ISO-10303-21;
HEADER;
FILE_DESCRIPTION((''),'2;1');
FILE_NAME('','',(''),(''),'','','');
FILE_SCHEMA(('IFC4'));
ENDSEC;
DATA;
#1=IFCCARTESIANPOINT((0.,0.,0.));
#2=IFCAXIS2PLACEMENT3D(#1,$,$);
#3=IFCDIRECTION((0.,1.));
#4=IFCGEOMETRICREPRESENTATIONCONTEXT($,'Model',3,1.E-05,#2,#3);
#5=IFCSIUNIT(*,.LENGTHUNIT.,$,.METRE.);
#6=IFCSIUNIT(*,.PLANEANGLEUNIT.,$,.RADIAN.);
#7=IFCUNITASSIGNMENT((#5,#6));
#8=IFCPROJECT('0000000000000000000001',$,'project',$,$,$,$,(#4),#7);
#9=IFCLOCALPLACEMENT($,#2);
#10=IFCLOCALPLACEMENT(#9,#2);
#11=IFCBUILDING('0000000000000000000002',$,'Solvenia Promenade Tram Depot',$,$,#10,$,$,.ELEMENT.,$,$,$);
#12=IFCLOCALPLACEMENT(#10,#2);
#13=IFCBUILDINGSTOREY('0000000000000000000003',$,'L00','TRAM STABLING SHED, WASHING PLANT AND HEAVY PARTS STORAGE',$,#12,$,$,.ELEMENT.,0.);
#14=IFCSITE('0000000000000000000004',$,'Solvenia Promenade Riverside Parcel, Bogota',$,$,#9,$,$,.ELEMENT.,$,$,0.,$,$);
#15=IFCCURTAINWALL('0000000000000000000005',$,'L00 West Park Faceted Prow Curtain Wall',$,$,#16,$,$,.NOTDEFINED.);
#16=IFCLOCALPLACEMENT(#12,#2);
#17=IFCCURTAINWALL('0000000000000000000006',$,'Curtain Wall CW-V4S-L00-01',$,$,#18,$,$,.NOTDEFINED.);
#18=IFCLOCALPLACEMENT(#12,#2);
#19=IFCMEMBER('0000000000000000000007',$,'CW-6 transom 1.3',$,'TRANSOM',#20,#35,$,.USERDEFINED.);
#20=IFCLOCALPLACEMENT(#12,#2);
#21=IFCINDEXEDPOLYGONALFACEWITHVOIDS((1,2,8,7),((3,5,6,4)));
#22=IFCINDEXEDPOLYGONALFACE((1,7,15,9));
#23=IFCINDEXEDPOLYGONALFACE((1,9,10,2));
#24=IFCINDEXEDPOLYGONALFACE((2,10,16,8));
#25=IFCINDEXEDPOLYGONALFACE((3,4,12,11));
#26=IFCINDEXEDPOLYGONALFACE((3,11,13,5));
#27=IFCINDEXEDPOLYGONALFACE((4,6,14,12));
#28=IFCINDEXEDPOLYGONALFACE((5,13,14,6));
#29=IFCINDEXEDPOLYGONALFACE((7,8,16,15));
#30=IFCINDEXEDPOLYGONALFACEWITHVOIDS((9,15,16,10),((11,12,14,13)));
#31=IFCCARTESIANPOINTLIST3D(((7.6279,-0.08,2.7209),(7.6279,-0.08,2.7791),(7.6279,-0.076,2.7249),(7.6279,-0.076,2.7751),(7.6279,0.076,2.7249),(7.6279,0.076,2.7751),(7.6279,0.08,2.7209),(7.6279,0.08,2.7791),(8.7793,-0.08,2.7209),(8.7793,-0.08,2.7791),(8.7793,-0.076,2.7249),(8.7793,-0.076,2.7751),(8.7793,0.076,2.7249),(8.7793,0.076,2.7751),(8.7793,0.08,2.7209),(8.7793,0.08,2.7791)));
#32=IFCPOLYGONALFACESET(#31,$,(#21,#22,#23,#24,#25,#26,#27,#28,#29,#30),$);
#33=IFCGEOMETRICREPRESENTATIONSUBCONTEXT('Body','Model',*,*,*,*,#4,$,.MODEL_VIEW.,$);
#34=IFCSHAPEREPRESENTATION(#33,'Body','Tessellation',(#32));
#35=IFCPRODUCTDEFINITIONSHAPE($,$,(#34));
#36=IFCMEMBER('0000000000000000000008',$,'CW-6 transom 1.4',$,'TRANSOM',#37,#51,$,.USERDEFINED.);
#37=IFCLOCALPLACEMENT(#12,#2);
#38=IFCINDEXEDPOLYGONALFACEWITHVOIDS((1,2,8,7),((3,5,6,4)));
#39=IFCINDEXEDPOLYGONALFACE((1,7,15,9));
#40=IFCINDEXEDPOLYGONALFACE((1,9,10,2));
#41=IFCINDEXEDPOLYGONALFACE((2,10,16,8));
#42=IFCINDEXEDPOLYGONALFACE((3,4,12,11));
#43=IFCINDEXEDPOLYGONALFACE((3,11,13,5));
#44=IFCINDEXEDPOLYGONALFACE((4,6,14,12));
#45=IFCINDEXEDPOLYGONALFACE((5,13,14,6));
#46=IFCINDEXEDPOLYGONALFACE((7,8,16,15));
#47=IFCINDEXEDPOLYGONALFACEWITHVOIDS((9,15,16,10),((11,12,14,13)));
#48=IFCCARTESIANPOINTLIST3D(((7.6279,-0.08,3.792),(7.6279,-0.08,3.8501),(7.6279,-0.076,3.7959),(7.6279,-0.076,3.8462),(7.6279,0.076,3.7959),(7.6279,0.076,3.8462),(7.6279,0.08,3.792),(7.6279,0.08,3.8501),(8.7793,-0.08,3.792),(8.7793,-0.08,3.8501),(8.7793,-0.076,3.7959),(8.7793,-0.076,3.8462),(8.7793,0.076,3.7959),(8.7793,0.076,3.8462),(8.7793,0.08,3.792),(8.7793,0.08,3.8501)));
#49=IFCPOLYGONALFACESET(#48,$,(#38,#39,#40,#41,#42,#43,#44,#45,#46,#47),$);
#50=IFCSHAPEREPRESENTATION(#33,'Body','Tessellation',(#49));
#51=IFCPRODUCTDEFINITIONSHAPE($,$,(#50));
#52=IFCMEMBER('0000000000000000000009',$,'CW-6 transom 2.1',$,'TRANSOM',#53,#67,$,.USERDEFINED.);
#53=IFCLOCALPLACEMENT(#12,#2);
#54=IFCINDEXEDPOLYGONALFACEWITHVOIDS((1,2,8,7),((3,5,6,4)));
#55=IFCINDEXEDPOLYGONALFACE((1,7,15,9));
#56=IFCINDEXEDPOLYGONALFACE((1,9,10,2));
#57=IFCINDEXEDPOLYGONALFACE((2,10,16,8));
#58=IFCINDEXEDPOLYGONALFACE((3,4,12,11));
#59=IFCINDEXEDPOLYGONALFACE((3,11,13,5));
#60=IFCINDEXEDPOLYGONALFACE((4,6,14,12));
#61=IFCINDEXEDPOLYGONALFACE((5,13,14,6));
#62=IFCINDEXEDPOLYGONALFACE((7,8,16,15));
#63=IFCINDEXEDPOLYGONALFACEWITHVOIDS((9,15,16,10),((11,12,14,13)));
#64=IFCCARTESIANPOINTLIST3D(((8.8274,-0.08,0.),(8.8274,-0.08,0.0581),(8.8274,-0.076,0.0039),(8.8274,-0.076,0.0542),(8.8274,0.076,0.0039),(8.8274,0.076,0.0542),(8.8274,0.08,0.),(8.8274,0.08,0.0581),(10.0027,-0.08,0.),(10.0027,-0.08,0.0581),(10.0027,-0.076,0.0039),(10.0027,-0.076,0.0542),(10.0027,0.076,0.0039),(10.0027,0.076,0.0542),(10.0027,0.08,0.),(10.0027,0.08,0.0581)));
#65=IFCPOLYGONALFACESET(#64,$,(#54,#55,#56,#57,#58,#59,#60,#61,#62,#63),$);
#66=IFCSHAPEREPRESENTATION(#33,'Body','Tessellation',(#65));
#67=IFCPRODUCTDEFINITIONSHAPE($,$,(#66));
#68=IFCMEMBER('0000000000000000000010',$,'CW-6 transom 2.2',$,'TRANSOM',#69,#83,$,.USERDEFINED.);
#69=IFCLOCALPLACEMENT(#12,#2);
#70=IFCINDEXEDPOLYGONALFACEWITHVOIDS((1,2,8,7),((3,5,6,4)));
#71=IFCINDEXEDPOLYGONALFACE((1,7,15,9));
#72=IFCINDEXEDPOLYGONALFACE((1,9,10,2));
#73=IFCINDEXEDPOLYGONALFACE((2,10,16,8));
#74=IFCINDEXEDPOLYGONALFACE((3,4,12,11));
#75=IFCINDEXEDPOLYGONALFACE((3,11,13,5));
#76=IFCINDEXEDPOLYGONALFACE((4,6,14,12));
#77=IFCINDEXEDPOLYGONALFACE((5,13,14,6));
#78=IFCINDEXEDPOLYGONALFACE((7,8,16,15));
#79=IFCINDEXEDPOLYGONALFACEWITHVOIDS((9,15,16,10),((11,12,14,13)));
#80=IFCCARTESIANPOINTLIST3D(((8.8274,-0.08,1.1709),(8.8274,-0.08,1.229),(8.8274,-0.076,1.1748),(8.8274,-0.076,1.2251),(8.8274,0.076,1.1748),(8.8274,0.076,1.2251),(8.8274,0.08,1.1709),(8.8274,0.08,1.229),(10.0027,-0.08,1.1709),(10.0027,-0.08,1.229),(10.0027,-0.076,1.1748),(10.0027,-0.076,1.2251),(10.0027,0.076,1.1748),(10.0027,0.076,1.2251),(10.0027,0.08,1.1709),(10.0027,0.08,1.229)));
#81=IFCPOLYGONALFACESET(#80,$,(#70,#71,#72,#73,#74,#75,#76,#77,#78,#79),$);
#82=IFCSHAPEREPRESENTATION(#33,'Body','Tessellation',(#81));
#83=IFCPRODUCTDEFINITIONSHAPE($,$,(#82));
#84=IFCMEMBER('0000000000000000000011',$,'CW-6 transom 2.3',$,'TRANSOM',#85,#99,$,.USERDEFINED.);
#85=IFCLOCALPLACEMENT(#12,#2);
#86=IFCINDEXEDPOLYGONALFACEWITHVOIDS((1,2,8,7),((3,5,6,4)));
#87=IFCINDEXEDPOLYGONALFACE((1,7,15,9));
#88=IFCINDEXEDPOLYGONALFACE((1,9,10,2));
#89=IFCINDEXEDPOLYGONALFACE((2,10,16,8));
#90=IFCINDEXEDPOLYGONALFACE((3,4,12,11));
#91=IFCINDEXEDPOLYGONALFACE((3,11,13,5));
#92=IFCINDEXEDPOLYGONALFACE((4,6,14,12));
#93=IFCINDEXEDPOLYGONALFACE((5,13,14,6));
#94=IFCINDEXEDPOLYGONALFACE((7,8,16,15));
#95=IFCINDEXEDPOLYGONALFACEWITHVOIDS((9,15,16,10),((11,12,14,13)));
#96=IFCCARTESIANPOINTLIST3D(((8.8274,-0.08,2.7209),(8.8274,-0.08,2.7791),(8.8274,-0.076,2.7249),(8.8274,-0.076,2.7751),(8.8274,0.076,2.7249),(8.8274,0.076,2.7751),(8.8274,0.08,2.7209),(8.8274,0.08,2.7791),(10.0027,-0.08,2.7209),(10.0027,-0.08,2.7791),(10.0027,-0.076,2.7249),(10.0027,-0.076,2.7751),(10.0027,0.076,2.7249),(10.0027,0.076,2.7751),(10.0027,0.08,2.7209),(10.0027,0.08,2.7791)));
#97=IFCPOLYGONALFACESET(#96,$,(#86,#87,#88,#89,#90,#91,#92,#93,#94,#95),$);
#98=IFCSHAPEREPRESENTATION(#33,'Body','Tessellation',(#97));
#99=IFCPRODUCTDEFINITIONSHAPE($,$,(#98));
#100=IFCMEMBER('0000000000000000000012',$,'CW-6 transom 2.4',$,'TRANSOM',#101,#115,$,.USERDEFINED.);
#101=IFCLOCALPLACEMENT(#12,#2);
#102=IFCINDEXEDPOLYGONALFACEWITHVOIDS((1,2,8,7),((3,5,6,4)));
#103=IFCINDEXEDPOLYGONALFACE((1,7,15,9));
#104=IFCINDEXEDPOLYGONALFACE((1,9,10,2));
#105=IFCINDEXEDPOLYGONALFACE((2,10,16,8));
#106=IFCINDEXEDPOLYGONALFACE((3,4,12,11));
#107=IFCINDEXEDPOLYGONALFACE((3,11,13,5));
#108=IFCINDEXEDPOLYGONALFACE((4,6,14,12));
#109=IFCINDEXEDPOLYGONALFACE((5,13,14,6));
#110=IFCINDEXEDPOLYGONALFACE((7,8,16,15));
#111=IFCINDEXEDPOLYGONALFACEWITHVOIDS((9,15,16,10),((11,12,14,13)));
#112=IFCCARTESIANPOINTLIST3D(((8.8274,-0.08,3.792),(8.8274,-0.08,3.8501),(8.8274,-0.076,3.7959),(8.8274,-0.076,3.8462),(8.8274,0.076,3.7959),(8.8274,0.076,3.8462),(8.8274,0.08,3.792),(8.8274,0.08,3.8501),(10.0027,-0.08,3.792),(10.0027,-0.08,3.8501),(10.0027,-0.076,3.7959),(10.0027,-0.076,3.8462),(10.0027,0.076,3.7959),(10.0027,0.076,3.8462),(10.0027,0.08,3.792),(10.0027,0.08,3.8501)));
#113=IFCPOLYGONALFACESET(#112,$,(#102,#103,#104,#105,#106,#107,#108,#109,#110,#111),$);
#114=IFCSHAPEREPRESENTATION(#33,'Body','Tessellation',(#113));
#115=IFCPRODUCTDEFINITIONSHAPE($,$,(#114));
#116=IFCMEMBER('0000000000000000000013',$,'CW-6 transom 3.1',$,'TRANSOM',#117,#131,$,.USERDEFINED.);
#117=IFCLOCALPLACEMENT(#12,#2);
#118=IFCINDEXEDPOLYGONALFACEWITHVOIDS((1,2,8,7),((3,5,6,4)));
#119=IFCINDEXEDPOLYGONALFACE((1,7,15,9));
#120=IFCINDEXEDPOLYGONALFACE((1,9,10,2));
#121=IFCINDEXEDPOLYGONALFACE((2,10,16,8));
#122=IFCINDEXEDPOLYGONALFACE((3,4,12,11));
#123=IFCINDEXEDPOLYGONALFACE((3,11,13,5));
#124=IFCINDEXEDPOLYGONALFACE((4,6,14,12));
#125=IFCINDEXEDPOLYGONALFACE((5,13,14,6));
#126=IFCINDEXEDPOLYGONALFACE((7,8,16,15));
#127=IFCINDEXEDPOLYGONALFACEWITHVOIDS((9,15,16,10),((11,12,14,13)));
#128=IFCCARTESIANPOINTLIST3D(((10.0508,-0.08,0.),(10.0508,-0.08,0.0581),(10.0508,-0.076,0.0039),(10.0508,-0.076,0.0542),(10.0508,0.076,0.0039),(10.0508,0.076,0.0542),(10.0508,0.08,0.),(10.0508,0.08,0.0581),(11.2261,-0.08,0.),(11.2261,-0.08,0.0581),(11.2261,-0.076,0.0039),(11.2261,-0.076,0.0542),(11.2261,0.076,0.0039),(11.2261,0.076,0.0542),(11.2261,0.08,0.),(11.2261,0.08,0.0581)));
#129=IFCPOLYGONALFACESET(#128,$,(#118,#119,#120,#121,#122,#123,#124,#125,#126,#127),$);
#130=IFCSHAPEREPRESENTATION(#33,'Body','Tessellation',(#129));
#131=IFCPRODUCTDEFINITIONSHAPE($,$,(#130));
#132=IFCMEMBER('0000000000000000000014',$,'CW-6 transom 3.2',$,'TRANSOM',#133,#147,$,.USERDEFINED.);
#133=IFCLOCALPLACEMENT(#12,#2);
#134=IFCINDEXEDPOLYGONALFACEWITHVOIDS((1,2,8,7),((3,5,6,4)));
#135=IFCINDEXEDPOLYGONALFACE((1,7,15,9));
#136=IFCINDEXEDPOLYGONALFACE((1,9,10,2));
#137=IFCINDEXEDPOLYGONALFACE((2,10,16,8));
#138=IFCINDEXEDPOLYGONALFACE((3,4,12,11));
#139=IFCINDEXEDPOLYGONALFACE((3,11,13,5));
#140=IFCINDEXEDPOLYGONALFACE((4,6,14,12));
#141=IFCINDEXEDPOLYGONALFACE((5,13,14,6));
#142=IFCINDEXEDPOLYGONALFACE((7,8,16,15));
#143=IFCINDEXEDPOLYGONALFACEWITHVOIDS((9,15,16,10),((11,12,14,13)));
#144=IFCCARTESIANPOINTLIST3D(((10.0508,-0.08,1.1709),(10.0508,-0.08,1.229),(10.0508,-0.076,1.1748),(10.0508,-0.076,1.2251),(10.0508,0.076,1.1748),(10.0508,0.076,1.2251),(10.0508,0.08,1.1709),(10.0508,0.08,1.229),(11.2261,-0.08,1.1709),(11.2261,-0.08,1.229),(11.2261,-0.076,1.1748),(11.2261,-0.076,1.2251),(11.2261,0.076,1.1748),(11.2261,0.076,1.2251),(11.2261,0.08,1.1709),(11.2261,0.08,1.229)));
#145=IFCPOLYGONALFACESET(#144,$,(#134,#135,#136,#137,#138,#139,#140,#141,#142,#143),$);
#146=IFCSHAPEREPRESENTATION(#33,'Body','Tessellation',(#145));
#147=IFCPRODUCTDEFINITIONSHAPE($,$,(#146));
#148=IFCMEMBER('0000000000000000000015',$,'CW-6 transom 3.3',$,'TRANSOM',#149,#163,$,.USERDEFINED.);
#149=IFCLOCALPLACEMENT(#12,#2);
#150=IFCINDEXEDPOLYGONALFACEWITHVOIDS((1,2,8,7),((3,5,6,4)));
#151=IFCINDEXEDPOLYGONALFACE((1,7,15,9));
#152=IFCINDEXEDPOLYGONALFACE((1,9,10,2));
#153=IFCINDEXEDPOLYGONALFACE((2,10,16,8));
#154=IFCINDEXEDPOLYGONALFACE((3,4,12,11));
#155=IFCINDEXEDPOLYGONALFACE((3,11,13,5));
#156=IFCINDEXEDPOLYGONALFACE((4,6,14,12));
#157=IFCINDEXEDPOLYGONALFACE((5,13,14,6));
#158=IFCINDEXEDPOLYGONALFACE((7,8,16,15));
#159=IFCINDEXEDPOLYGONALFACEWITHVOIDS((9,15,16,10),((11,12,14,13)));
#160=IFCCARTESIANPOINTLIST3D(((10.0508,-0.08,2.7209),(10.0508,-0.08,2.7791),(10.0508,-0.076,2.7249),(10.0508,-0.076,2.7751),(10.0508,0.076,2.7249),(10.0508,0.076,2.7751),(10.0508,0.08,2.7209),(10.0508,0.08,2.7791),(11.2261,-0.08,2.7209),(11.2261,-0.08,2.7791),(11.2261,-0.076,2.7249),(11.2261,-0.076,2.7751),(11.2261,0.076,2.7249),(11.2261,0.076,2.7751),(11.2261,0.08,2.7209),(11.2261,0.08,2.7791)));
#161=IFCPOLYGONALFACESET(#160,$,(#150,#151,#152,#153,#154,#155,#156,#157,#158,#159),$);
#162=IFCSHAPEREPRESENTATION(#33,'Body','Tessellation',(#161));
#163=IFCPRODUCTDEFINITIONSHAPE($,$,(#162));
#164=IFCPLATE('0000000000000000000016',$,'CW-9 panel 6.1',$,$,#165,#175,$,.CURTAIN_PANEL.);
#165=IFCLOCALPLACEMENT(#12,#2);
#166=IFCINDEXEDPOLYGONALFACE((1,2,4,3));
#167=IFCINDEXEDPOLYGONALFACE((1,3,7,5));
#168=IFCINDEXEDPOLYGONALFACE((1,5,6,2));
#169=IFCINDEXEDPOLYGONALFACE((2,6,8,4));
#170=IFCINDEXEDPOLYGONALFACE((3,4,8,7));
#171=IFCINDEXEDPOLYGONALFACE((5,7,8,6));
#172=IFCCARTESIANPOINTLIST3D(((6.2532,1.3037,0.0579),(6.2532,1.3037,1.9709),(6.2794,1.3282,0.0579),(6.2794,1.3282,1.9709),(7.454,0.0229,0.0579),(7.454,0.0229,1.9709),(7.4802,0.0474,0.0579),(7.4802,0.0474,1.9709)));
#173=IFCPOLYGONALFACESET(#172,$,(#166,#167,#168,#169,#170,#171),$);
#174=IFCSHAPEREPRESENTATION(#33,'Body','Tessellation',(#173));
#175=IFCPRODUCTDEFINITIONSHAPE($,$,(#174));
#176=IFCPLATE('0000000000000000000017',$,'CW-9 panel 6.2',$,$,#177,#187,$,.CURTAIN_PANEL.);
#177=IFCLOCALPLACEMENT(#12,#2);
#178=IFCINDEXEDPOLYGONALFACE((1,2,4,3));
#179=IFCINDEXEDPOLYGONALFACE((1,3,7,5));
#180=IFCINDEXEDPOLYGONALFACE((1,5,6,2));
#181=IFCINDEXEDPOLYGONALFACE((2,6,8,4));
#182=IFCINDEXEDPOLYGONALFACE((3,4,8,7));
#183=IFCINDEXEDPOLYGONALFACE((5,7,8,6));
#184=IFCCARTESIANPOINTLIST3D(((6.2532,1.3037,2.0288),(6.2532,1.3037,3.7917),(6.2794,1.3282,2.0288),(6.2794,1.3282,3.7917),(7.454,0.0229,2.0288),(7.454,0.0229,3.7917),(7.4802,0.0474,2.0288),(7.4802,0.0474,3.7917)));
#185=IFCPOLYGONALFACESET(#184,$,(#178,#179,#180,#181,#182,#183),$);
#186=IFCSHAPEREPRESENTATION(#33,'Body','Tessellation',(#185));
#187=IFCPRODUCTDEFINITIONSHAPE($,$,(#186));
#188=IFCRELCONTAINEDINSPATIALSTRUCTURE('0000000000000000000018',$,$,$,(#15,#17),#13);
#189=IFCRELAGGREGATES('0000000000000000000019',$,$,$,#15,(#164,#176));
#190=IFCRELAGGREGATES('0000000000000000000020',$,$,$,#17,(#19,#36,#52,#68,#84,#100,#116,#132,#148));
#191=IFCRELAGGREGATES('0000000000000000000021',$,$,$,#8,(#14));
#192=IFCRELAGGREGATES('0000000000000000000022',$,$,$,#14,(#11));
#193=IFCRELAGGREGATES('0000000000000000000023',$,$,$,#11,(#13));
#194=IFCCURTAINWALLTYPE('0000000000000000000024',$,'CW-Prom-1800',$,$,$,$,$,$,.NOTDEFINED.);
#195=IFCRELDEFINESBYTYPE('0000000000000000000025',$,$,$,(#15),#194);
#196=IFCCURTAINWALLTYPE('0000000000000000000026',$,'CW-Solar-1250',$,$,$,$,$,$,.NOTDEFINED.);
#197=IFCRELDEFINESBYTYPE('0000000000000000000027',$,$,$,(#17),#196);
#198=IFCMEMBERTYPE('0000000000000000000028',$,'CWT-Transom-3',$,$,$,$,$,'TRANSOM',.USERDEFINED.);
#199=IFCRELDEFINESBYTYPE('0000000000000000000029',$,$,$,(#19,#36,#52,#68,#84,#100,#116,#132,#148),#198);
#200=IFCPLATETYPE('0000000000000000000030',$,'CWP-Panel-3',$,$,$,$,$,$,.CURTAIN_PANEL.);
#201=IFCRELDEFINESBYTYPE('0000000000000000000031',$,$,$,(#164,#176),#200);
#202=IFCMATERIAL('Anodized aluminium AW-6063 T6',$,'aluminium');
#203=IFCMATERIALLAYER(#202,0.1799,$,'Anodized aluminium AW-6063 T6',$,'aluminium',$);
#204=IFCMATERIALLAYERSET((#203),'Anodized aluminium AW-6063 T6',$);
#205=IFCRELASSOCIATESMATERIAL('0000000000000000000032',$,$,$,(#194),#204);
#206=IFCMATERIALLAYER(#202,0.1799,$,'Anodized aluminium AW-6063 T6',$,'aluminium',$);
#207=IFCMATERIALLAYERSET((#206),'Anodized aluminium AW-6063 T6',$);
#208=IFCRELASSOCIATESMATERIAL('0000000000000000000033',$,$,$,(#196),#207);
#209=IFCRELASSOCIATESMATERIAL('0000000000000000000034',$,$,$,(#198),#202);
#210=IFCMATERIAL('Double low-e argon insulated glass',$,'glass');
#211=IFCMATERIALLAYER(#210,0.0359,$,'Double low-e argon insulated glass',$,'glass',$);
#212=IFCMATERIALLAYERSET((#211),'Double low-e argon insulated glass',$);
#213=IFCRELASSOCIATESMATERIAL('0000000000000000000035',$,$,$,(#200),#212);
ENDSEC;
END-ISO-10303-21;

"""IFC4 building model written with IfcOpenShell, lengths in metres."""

from ifc_helpers import new_model, si_unit, direction, frame, origin, origin_2d, place, context, subcontext, project, spatial, rectangle, hollow_rectangle, extrude, material, layer, layer_set, material_profile, profile_set, type_object, element, aggregate, save


model = new_model("IFC4")

# Units and contexts
model_context = context("Model", 3, precision=1e-05, world=origin(), true_north=direction((0.0, 1.0)))
body_context = subcontext(model_context, "Body", "Model", "MODEL_VIEW")
ifc_project = project(units=[si_unit("LENGTHUNIT", "METRE"), si_unit("PLANEANGLEUNIT", "RADIAN")], contexts=[model_context])

# Site, building, storey
site_placement = place(None, origin())
site = spatial("IfcSite", under=ifc_project, at=site_placement, Name="Solvenia Promenade Riverside Parcel, Bogota", CompositionType="ELEMENT", RefElevation=0.0)
building_placement = place(site_placement, origin())
building = spatial("IfcBuilding", under=site, at=building_placement, Name="Solvenia Promenade Tram Depot", CompositionType="ELEMENT")
storey_placement = place(building_placement, origin())
storey = spatial("IfcBuildingStorey", under=building, at=storey_placement, Name="L00", Description="TRAM STABLING SHED, WASHING PLANT AND HEAVY PARTS STORAGE", CompositionType="ELEMENT", Elevation=0.0)

# Curtain wall
ifc_material_1 = material(Name="Anodized aluminium AW-6063 T6", Category="aluminium")
ifc_layer_1 = layer(ifc_material_1, 0.1799, Name="Anodized aluminium AW-6063 T6", Category="aluminium")
ifc_layer_set_1 = layer_set([ifc_layer_1], Name="Anodized aluminium AW-6063 T6")
curtain_wall_type_1 = type_object("IfcCurtainWallType", Name="CW-Prom-1800", PredefinedType="NOTDEFINED", material=ifc_layer_set_1)
curtain_wall_1_placement = place(storey_placement, origin())
curtain_wall_1 = element("IfcCurtainWall", 1, at=curtain_wall_1_placement, inside=storey, type_object=curtain_wall_type_1, Name="L00 West Park Faceted Prow Curtain Wall", PredefinedType="NOTDEFINED")

# Curtain wall
ifc_layer_2 = layer(ifc_material_1, 0.1799, Name="Anodized aluminium AW-6063 T6", Category="aluminium")
ifc_layer_set_2 = layer_set([ifc_layer_2], Name="Anodized aluminium AW-6063 T6")
curtain_wall_type_2 = type_object("IfcCurtainWallType", Name="CW-Solar-1250", PredefinedType="NOTDEFINED", material=ifc_layer_set_2)
curtain_wall_2_placement = place(storey_placement, origin())
curtain_wall_2 = element("IfcCurtainWall", 2, at=curtain_wall_2_placement, inside=storey, type_object=curtain_wall_type_2, Name="Curtain Wall CW-V4S-L00-01", PredefinedType="NOTDEFINED")

# Members
ifc_material_profile_1 = material_profile(ifc_material_1, hollow_rectangle(XDim=0.1599, YDim=0.0581, WallThickness=0.0039, at=origin_2d()), Name="ALU-T3", Category="aluminium")
ifc_profile_set_1 = profile_set([ifc_material_profile_1], Name="Anodized aluminium AW-6063 T6")
member_type_1 = type_object("IfcMemberType", Name="CWT-Transom-3", ElementType="TRANSOM", PredefinedType="USERDEFINED", material=ifc_profile_set_1)
member_1_placement = place(storey_placement, frame((7.6279, 0.0, 2.75), z_axis=(1.0, 0.0, 0.0), x_axis=(0.0, 1.0, 0.0)))
member_1 = element("IfcMember", 3, at=member_1_placement, type_object=member_type_1, Name="CW-6 transom 1.3", ObjectType="TRANSOM", PredefinedType="USERDEFINED", context=body_context, shape_type="SweptSolid", body=[
    extrude(hollow_rectangle(XDim=0.1599, YDim=0.0581, WallThickness=0.0039, at=origin_2d()), origin(), (0.0, 0.0, 1.0), 1.1514),
])
member_2_placement = place(storey_placement, frame((7.6279, 0.0, 3.821), z_axis=(1.0, 0.0, 0.0), x_axis=(0.0, 1.0, 0.0)))
member_2 = element("IfcMember", 4, at=member_2_placement, type_object=member_type_1, Name="CW-6 transom 1.4", ObjectType="TRANSOM", PredefinedType="USERDEFINED", context=body_context, shape_type="SweptSolid", body=[
    extrude(hollow_rectangle(XDim=0.1599, YDim=0.0581, WallThickness=0.0039, at=origin_2d()), origin(), (0.0, 0.0, 1.0), 1.1514),
])
member_3_placement = place(storey_placement, frame((8.8274, 0.0, 0.0291), z_axis=(1.0, 0.0, 0.0), x_axis=(0.0, 1.0, 0.0)))
member_3 = element("IfcMember", 5, at=member_3_placement, type_object=member_type_1, Name="CW-6 transom 2.1", ObjectType="TRANSOM", PredefinedType="USERDEFINED", context=body_context, shape_type="SweptSolid", body=[
    extrude(hollow_rectangle(XDim=0.1599, YDim=0.0581, WallThickness=0.0039, at=origin_2d()), origin(), (0.0, 0.0, 1.0), 1.1753),
])
member_4_placement = place(storey_placement, frame((8.8274, 0.0, 1.2), z_axis=(1.0, 0.0, 0.0), x_axis=(0.0, 1.0, 0.0)))
member_4 = element("IfcMember", 6, at=member_4_placement, type_object=member_type_1, Name="CW-6 transom 2.2", ObjectType="TRANSOM", PredefinedType="USERDEFINED", context=body_context, shape_type="SweptSolid", body=[
    extrude(hollow_rectangle(XDim=0.1599, YDim=0.0581, WallThickness=0.0039, at=origin_2d()), origin(), (0.0, 0.0, 1.0), 1.1753),
])
member_5_placement = place(storey_placement, frame((8.8274, 0.0, 2.75), z_axis=(1.0, 0.0, 0.0), x_axis=(0.0, 1.0, 0.0)))
member_5 = element("IfcMember", 7, at=member_5_placement, type_object=member_type_1, Name="CW-6 transom 2.3", ObjectType="TRANSOM", PredefinedType="USERDEFINED", context=body_context, shape_type="SweptSolid", body=[
    extrude(hollow_rectangle(XDim=0.1599, YDim=0.0581, WallThickness=0.0039, at=origin_2d()), origin(), (0.0, 0.0, 1.0), 1.1753),
])
member_6_placement = place(storey_placement, frame((8.8274, 0.0, 3.821), z_axis=(1.0, 0.0, 0.0), x_axis=(0.0, 1.0, 0.0)))
member_6 = element("IfcMember", 8, at=member_6_placement, type_object=member_type_1, Name="CW-6 transom 2.4", ObjectType="TRANSOM", PredefinedType="USERDEFINED", context=body_context, shape_type="SweptSolid", body=[
    extrude(hollow_rectangle(XDim=0.1599, YDim=0.0581, WallThickness=0.0039, at=origin_2d()), origin(), (0.0, 0.0, 1.0), 1.1753),
])
member_7_placement = place(storey_placement, frame((10.0508, 0.0, 0.0291), z_axis=(1.0, 0.0, 0.0), x_axis=(0.0, 1.0, 0.0)))
member_7 = element("IfcMember", 9, at=member_7_placement, type_object=member_type_1, Name="CW-6 transom 3.1", ObjectType="TRANSOM", PredefinedType="USERDEFINED", context=body_context, shape_type="SweptSolid", body=[
    extrude(hollow_rectangle(XDim=0.1599, YDim=0.0581, WallThickness=0.0039, at=origin_2d()), origin(), (0.0, 0.0, 1.0), 1.1753),
])
member_8_placement = place(storey_placement, frame((10.0508, 0.0, 1.2), z_axis=(1.0, 0.0, 0.0), x_axis=(0.0, 1.0, 0.0)))
member_8 = element("IfcMember", 10, at=member_8_placement, type_object=member_type_1, Name="CW-6 transom 3.2", ObjectType="TRANSOM", PredefinedType="USERDEFINED", context=body_context, shape_type="SweptSolid", body=[
    extrude(hollow_rectangle(XDim=0.1599, YDim=0.0581, WallThickness=0.0039, at=origin_2d()), origin(), (0.0, 0.0, 1.0), 1.1753),
])
member_9_placement = place(storey_placement, frame((10.0508, 0.0, 2.75), z_axis=(1.0, 0.0, 0.0), x_axis=(0.0, 1.0, 0.0)))
member_9 = element("IfcMember", 11, at=member_9_placement, type_object=member_type_1, Name="CW-6 transom 3.3", ObjectType="TRANSOM", PredefinedType="USERDEFINED", context=body_context, shape_type="SweptSolid", body=[
    extrude(hollow_rectangle(XDim=0.1599, YDim=0.0581, WallThickness=0.0039, at=origin_2d()), origin(), (0.0, 0.0, 1.0), 1.1753),
])

# Plates
ifc_material_2 = material(Name="Double low-e argon insulated glass", Category="glass")
ifc_layer_3 = layer(ifc_material_2, 0.0359, Name="Double low-e argon insulated glass", Category="glass")
ifc_layer_set_3 = layer_set([ifc_layer_3], Name="Double low-e argon insulated glass")
plate_type = type_object("IfcPlateType", Name="CWP-Panel-3", PredefinedType="CURTAIN_PANEL", material=ifc_layer_set_3)
plate_1_placement = place(storey_placement, frame((6.8667, 0.6755, 0.0579), z_axis=(0.0, 0.0, 1.0), x_axis=(0.683941, -0.729537, 0.0)))
plate_1 = element("IfcPlate", 12, at=plate_1_placement, type_object=plate_type, Name="CW-9 panel 6.1", PredefinedType="CURTAIN_PANEL", context=body_context, shape_type="SweptSolid", body=[
    extrude(rectangle(XDim=1.7556, YDim=0.0359, at=origin_2d()), origin(), (0.0, 0.0, 1.0), 1.9131),
])
plate_2_placement = place(storey_placement, frame((6.8667, 0.6755, 2.0288), z_axis=(0.0, 0.0, 1.0), x_axis=(0.683941, -0.729537, 0.0)))
plate_2 = element("IfcPlate", 13, at=plate_2_placement, type_object=plate_type, Name="CW-9 panel 6.2", PredefinedType="CURTAIN_PANEL", context=body_context, shape_type="SweptSolid", body=[
    extrude(rectangle(XDim=1.7556, YDim=0.0359, at=origin_2d()), origin(), (0.0, 0.0, 1.0), 1.7629),
])
aggregate(curtain_wall_1, [plate_1, plate_2])
aggregate(curtain_wall_2, [member_1, member_2, member_3, member_4, member_5, member_6, member_7, member_8, member_9])

save(model, "model.ifc")
